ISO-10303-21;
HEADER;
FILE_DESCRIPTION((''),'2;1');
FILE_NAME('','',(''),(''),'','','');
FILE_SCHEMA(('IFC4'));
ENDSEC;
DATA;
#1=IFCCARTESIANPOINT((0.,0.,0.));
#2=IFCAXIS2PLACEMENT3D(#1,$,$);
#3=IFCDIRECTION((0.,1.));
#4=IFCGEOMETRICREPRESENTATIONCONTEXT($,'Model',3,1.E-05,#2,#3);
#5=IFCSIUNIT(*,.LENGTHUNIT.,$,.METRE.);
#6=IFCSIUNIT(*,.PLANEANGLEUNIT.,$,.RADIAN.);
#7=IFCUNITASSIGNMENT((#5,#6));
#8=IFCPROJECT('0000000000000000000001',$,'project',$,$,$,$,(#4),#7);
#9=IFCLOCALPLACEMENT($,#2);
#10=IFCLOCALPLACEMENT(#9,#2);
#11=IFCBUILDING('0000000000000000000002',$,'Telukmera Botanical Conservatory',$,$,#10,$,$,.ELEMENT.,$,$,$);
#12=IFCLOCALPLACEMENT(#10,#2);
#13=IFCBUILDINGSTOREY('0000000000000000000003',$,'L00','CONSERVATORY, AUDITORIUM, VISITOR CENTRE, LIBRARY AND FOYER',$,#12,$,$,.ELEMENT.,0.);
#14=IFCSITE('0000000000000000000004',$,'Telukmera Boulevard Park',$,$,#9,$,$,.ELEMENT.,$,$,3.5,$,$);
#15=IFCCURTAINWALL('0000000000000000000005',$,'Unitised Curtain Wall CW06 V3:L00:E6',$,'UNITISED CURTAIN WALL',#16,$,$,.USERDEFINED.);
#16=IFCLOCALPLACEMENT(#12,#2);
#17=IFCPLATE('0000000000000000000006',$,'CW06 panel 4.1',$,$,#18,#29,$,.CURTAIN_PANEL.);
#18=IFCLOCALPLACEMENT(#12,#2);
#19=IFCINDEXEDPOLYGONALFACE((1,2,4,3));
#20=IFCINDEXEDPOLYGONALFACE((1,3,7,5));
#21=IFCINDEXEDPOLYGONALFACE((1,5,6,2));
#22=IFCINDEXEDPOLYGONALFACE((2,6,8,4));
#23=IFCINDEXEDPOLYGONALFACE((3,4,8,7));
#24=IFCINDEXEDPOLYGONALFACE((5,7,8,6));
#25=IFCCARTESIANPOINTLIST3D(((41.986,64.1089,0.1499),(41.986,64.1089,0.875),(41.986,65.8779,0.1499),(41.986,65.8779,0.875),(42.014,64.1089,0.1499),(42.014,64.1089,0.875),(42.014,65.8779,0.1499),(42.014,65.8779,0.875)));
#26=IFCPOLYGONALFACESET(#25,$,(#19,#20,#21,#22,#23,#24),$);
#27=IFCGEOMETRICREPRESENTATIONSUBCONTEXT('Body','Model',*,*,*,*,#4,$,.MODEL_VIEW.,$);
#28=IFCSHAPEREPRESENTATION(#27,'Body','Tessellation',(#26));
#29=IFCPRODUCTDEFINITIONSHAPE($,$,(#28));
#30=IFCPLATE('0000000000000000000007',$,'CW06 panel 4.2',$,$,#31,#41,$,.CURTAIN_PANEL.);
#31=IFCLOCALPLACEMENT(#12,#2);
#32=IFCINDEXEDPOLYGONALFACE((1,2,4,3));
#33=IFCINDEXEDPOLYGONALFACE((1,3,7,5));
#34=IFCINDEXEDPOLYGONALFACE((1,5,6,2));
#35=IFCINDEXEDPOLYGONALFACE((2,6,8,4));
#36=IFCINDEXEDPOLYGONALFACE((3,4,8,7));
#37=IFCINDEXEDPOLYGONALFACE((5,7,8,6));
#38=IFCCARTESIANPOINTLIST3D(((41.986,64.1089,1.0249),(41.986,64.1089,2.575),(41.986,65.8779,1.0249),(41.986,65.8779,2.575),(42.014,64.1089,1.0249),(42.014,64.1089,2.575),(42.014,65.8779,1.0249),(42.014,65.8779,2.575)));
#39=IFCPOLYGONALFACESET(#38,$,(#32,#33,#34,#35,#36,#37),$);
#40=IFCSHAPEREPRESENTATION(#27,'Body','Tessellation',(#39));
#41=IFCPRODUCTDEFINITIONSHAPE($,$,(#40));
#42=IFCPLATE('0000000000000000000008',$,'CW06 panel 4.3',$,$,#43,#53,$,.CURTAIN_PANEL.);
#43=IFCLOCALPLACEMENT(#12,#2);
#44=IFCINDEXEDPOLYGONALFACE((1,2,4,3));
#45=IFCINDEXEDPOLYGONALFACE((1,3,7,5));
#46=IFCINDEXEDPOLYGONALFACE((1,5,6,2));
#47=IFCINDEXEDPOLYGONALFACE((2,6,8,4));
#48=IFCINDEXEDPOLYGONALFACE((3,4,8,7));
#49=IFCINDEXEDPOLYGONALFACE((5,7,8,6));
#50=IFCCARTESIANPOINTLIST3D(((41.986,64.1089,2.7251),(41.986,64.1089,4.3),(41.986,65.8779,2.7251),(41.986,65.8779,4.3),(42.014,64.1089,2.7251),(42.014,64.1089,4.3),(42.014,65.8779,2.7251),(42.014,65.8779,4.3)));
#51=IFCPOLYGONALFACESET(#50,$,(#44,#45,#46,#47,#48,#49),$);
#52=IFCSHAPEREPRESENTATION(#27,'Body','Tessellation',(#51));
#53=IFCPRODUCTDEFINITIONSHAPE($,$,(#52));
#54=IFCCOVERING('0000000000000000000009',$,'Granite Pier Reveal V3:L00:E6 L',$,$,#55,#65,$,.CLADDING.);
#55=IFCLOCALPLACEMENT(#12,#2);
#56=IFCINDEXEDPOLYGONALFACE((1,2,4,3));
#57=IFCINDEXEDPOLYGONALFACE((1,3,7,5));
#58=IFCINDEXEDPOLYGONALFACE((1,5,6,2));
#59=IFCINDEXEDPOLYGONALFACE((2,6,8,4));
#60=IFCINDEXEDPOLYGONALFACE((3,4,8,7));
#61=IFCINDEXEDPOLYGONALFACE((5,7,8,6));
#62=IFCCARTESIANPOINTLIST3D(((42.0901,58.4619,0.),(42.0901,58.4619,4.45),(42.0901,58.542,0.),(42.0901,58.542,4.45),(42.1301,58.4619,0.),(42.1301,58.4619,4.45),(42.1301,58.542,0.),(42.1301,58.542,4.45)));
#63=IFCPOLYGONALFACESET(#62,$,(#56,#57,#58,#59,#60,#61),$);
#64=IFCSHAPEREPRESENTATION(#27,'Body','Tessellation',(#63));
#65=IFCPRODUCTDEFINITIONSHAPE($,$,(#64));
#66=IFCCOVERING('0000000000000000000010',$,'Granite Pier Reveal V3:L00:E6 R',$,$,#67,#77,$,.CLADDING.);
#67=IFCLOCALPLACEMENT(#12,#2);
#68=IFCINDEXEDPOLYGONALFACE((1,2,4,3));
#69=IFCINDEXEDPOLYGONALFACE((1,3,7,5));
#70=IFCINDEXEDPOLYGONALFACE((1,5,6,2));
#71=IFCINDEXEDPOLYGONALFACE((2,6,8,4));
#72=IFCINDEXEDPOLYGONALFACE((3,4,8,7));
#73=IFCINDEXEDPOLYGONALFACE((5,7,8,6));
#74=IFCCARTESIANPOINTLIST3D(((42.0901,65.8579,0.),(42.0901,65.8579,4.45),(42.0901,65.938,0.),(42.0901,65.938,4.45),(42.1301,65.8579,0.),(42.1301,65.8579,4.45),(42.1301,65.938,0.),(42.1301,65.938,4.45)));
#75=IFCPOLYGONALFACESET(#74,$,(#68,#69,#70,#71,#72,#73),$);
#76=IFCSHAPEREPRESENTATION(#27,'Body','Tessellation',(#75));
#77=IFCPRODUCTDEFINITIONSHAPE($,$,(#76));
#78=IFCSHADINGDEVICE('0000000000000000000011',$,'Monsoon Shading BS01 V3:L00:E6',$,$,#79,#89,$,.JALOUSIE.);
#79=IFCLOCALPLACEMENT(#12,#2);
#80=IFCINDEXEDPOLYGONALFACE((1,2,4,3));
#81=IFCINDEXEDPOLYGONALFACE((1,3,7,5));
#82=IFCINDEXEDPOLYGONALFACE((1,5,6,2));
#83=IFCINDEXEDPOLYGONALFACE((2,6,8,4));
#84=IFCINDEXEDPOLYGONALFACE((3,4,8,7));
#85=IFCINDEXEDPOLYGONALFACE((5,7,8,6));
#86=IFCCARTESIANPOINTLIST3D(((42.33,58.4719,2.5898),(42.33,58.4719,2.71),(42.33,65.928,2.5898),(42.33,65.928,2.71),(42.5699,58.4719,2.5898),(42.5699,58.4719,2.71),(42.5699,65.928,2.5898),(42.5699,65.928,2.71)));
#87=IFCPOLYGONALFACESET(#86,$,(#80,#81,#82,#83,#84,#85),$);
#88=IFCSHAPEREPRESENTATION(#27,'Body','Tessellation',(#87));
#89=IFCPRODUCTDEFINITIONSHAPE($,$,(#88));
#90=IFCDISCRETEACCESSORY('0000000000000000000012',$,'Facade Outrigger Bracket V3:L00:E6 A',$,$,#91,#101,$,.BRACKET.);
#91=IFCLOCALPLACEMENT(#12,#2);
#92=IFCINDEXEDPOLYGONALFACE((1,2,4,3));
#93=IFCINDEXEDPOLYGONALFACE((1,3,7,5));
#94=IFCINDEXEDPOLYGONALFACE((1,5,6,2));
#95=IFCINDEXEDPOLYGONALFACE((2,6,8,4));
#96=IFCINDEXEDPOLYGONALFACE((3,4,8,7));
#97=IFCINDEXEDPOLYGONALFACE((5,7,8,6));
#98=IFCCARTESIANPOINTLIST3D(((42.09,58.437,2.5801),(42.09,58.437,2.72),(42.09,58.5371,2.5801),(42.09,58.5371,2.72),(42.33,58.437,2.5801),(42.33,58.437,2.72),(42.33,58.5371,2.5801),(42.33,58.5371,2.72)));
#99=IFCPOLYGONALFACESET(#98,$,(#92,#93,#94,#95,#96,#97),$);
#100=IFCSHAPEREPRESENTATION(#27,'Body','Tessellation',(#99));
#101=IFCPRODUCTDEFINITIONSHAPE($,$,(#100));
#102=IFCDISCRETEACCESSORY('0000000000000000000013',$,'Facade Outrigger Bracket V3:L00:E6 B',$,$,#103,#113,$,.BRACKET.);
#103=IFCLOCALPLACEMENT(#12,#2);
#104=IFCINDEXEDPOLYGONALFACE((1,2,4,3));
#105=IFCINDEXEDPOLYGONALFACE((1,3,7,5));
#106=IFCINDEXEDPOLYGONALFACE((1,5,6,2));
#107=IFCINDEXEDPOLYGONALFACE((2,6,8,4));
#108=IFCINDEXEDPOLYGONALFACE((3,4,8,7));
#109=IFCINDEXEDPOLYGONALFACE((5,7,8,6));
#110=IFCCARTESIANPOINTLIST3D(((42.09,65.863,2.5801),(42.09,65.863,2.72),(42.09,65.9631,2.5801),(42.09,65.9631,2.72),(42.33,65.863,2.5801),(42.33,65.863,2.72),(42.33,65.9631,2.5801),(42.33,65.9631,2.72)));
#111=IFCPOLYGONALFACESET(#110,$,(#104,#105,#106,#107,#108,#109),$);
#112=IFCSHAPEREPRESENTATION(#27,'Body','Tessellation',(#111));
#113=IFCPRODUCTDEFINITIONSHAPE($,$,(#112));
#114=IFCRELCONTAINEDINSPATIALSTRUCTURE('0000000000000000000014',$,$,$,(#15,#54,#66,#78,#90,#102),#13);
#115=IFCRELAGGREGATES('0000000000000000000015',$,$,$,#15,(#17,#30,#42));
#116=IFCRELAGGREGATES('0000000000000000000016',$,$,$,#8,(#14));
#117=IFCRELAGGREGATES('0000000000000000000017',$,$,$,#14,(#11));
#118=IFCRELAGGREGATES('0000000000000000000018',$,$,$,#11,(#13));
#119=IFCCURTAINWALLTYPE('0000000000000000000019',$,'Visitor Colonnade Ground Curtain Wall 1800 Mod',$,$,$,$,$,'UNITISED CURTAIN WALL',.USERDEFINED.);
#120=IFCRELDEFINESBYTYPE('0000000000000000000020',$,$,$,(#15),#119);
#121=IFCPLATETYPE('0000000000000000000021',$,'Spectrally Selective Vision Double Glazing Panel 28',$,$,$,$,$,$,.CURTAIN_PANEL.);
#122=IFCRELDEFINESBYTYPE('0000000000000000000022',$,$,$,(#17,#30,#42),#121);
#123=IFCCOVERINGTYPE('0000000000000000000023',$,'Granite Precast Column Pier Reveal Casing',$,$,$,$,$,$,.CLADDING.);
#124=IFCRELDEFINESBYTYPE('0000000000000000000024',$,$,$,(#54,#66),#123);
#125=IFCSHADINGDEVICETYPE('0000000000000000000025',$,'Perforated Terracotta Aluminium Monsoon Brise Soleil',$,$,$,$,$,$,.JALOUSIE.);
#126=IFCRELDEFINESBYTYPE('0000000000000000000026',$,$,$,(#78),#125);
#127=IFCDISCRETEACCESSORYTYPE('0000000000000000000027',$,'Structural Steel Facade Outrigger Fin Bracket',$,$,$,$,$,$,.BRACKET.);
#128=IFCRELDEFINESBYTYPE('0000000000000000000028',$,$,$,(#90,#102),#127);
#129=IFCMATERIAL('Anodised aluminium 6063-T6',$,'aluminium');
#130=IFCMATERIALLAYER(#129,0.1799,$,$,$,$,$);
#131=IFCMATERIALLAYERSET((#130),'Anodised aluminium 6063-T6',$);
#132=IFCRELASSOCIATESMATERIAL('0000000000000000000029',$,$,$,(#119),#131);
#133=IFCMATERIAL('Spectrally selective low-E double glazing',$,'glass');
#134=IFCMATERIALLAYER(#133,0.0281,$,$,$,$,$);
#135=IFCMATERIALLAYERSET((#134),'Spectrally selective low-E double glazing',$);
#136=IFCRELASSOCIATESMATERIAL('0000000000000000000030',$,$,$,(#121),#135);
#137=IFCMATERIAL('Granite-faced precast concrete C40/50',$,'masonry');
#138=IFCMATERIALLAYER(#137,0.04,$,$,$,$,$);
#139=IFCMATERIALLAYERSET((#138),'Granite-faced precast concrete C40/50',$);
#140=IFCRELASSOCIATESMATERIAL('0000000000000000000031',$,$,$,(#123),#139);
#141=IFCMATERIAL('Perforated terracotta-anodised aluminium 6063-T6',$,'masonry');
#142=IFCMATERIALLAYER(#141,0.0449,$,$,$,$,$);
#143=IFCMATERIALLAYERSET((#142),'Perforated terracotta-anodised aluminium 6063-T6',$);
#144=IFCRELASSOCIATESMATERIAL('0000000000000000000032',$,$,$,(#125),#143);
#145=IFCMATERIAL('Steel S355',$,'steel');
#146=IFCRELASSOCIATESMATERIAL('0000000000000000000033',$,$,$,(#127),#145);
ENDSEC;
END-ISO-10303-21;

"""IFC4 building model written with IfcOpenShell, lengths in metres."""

from ifc_helpers import new_model, si_unit, direction, frame, origin, origin_2d, place, context, subcontext, project, spatial, rectangle, extrude, material, layer, layer_set, type_object, element, aggregate, save


model = new_model("IFC4")

# Units and contexts
model_context = context("Model", 3, precision=1e-05, world=origin(), true_north=direction((0.0, 1.0)))
body_context = subcontext(model_context, "Body", "Model", "MODEL_VIEW")
ifc_project = project(units=[si_unit("LENGTHUNIT", "METRE"), si_unit("PLANEANGLEUNIT", "RADIAN")], contexts=[model_context])

# Site, building, storey
site_placement = place(None, origin())
site = spatial("IfcSite", under=ifc_project, at=site_placement, Name="Telukmera Boulevard Park", CompositionType="ELEMENT", RefElevation=3.5)
building_placement = place(site_placement, origin())
building = spatial("IfcBuilding", under=site, at=building_placement, Name="Telukmera Botanical Conservatory", CompositionType="ELEMENT")
storey_placement = place(building_placement, origin())
storey = spatial("IfcBuildingStorey", under=building, at=storey_placement, Name="L00", Description="CONSERVATORY, AUDITORIUM, VISITOR CENTRE, LIBRARY AND FOYER", CompositionType="ELEMENT", Elevation=0.0)

# Shared definitions
ifc_material_1 = material(Name="Steel S355", Category="steel")

# Curtain wall
ifc_material_2 = material(Name="Anodised aluminium 6063-T6", Category="aluminium")
ifc_layer_1 = layer(ifc_material_2, 0.1799)
ifc_layer_set_1 = layer_set([ifc_layer_1], Name="Anodised aluminium 6063-T6")
curtain_wall_type = type_object("IfcCurtainWallType", Name="Visitor Colonnade Ground Curtain Wall 1800 Mod", ElementType="UNITISED CURTAIN WALL", PredefinedType="USERDEFINED", material=ifc_layer_set_1)
curtain_wall_placement = place(storey_placement, origin())
curtain_wall = element("IfcCurtainWall", 1, at=curtain_wall_placement, inside=storey, type_object=curtain_wall_type, Name="Unitised Curtain Wall CW06 V3:L00:E6", ObjectType="UNITISED CURTAIN WALL", PredefinedType="USERDEFINED")

# Plates
ifc_material_3 = material(Name="Spectrally selective low-E double glazing", Category="glass")
ifc_layer_2 = layer(ifc_material_3, 0.0281)
ifc_layer_set_2 = layer_set([ifc_layer_2], Name="Spectrally selective low-E double glazing")
plate_type_1 = type_object("IfcPlateType", Name="Spectrally Selective Vision Double Glazing Panel 28", PredefinedType="CURTAIN_PANEL", material=ifc_layer_set_2)
plate_1_placement = place(storey_placement, frame((42.0, 64.9934, 0.1499), z_axis=(0.0, 0.0, 1.0), x_axis=(0.0, 1.0, 0.0)))
plate_1 = element("IfcPlate", 2, at=plate_1_placement, type_object=plate_type_1, Name="CW06 panel 4.1", PredefinedType="CURTAIN_PANEL", context=body_context, shape_type="SweptSolid", body=[
    extrude(rectangle(XDim=1.769, YDim=0.0281, at=origin_2d()), origin(), (0.0, 0.0, 1.0), 0.7251),
])
plate_2_placement = place(storey_placement, frame((42.0, 64.9934, 1.0249), z_axis=(0.0, 0.0, 1.0), x_axis=(0.0, 1.0, 0.0)))
plate_2 = element("IfcPlate", 3, at=plate_2_placement, type_object=plate_type_1, Name="CW06 panel 4.2", PredefinedType="CURTAIN_PANEL", context=body_context, shape_type="SweptSolid", body=[
    extrude(rectangle(XDim=1.769, YDim=0.0281, at=origin_2d()), origin(), (0.0, 0.0, 1.0), 1.55),
])
plate_3_placement = place(storey_placement, frame((42.0, 64.9934, 2.7251), z_axis=(0.0, 0.0, 1.0), x_axis=(0.0, 1.0, 0.0)))
plate_3 = element("IfcPlate", 4, at=plate_3_placement, type_object=plate_type_1, Name="CW06 panel 4.3", PredefinedType="CURTAIN_PANEL", context=body_context, shape_type="SweptSolid", body=[
    extrude(rectangle(XDim=1.769, YDim=0.0281, at=origin_2d()), origin(), (0.0, 0.0, 1.0), 1.575),
])
aggregate(curtain_wall, [plate_1, plate_2, plate_3])

# Coverings
ifc_material_4 = material(Name="Granite-faced precast concrete C40/50", Category="masonry")
ifc_layer_3 = layer(ifc_material_4, 0.04)
ifc_layer_set_3 = layer_set([ifc_layer_3], Name="Granite-faced precast concrete C40/50")
covering_type = type_object("IfcCoveringType", Name="Granite Precast Column Pier Reveal Casing", PredefinedType="CLADDING", material=ifc_layer_set_3)
for number, where, z_axis, x_axis, name in (
    (5, (42.1101, 58.502, 0.0), (0.0, 0.0, 1.0), (0.0, 1.0, 0.0), "Granite Pier Reveal V3:L00:E6 L"),
    (6, (42.1101, 65.8979, 0.0), (0.0, 0.0, 1.0), (0.0, 1.0, 0.0), "Granite Pier Reveal V3:L00:E6 R"),
):
    element("IfcCovering", number, at=place(storey_placement, frame(where, z_axis=z_axis, x_axis=x_axis)), inside=storey, type_object=covering_type, Name=name, PredefinedType="CLADDING", context=body_context, shape_type="SweptSolid", body=[
        extrude(rectangle(XDim=0.0801, YDim=0.04, at=origin_2d()), origin(), (0.0, 0.0, 1.0), 4.45),
    ])

# Shading device
ifc_material_5 = material(Name="Perforated terracotta-anodised aluminium 6063-T6", Category="masonry")
ifc_layer_4 = layer(ifc_material_5, 0.0449)
ifc_layer_set_4 = layer_set([ifc_layer_4], Name="Perforated terracotta-anodised aluminium 6063-T6")
shading_device_type = type_object("IfcShadingDeviceType", Name="Perforated Terracotta Aluminium Monsoon Brise Soleil", PredefinedType="JALOUSIE", material=ifc_layer_set_4)
shading_device_placement = place(storey_placement, frame((42.45, 62.2, 2.5898), z_axis=(0.0, 0.0, 1.0), x_axis=(0.0, 1.0, 0.0)))
element("IfcShadingDevice", 7, at=shading_device_placement, inside=storey, type_object=shading_device_type, Name="Monsoon Shading BS01 V3:L00:E6", PredefinedType="JALOUSIE", context=body_context, shape_type="SweptSolid", body=[
    extrude(rectangle(XDim=7.4561, YDim=0.24, at=origin_2d()), origin(), (0.0, 0.0, 1.0), 0.1201),
])

# Discrete accessories
discrete_accessory_type = type_object("IfcDiscreteAccessoryType", Name="Structural Steel Facade Outrigger Fin Bracket", PredefinedType="BRACKET", material=ifc_material_1)
for number, where, z_axis, x_axis, name in (
    (8, (42.21, 58.4871, 2.5801), (0.0, 0.0, 1.0), (0.0, 1.0, 0.0), "Facade Outrigger Bracket V3:L00:E6 A"),
    (9, (42.21, 65.9131, 2.5801), (0.0, 0.0, 1.0), (0.0, 1.0, 0.0), "Facade Outrigger Bracket V3:L00:E6 B"),
):
    element("IfcDiscreteAccessory", number, at=place(storey_placement, frame(where, z_axis=z_axis, x_axis=x_axis)), inside=storey, type_object=discrete_accessory_type, Name=name, PredefinedType="BRACKET", context=body_context, shape_type="SweptSolid", body=[
        extrude(rectangle(XDim=0.1001, YDim=0.24, at=origin_2d()), origin(), (0.0, 0.0, 1.0), 0.1399),
    ])

save(model, "model.ifc")
